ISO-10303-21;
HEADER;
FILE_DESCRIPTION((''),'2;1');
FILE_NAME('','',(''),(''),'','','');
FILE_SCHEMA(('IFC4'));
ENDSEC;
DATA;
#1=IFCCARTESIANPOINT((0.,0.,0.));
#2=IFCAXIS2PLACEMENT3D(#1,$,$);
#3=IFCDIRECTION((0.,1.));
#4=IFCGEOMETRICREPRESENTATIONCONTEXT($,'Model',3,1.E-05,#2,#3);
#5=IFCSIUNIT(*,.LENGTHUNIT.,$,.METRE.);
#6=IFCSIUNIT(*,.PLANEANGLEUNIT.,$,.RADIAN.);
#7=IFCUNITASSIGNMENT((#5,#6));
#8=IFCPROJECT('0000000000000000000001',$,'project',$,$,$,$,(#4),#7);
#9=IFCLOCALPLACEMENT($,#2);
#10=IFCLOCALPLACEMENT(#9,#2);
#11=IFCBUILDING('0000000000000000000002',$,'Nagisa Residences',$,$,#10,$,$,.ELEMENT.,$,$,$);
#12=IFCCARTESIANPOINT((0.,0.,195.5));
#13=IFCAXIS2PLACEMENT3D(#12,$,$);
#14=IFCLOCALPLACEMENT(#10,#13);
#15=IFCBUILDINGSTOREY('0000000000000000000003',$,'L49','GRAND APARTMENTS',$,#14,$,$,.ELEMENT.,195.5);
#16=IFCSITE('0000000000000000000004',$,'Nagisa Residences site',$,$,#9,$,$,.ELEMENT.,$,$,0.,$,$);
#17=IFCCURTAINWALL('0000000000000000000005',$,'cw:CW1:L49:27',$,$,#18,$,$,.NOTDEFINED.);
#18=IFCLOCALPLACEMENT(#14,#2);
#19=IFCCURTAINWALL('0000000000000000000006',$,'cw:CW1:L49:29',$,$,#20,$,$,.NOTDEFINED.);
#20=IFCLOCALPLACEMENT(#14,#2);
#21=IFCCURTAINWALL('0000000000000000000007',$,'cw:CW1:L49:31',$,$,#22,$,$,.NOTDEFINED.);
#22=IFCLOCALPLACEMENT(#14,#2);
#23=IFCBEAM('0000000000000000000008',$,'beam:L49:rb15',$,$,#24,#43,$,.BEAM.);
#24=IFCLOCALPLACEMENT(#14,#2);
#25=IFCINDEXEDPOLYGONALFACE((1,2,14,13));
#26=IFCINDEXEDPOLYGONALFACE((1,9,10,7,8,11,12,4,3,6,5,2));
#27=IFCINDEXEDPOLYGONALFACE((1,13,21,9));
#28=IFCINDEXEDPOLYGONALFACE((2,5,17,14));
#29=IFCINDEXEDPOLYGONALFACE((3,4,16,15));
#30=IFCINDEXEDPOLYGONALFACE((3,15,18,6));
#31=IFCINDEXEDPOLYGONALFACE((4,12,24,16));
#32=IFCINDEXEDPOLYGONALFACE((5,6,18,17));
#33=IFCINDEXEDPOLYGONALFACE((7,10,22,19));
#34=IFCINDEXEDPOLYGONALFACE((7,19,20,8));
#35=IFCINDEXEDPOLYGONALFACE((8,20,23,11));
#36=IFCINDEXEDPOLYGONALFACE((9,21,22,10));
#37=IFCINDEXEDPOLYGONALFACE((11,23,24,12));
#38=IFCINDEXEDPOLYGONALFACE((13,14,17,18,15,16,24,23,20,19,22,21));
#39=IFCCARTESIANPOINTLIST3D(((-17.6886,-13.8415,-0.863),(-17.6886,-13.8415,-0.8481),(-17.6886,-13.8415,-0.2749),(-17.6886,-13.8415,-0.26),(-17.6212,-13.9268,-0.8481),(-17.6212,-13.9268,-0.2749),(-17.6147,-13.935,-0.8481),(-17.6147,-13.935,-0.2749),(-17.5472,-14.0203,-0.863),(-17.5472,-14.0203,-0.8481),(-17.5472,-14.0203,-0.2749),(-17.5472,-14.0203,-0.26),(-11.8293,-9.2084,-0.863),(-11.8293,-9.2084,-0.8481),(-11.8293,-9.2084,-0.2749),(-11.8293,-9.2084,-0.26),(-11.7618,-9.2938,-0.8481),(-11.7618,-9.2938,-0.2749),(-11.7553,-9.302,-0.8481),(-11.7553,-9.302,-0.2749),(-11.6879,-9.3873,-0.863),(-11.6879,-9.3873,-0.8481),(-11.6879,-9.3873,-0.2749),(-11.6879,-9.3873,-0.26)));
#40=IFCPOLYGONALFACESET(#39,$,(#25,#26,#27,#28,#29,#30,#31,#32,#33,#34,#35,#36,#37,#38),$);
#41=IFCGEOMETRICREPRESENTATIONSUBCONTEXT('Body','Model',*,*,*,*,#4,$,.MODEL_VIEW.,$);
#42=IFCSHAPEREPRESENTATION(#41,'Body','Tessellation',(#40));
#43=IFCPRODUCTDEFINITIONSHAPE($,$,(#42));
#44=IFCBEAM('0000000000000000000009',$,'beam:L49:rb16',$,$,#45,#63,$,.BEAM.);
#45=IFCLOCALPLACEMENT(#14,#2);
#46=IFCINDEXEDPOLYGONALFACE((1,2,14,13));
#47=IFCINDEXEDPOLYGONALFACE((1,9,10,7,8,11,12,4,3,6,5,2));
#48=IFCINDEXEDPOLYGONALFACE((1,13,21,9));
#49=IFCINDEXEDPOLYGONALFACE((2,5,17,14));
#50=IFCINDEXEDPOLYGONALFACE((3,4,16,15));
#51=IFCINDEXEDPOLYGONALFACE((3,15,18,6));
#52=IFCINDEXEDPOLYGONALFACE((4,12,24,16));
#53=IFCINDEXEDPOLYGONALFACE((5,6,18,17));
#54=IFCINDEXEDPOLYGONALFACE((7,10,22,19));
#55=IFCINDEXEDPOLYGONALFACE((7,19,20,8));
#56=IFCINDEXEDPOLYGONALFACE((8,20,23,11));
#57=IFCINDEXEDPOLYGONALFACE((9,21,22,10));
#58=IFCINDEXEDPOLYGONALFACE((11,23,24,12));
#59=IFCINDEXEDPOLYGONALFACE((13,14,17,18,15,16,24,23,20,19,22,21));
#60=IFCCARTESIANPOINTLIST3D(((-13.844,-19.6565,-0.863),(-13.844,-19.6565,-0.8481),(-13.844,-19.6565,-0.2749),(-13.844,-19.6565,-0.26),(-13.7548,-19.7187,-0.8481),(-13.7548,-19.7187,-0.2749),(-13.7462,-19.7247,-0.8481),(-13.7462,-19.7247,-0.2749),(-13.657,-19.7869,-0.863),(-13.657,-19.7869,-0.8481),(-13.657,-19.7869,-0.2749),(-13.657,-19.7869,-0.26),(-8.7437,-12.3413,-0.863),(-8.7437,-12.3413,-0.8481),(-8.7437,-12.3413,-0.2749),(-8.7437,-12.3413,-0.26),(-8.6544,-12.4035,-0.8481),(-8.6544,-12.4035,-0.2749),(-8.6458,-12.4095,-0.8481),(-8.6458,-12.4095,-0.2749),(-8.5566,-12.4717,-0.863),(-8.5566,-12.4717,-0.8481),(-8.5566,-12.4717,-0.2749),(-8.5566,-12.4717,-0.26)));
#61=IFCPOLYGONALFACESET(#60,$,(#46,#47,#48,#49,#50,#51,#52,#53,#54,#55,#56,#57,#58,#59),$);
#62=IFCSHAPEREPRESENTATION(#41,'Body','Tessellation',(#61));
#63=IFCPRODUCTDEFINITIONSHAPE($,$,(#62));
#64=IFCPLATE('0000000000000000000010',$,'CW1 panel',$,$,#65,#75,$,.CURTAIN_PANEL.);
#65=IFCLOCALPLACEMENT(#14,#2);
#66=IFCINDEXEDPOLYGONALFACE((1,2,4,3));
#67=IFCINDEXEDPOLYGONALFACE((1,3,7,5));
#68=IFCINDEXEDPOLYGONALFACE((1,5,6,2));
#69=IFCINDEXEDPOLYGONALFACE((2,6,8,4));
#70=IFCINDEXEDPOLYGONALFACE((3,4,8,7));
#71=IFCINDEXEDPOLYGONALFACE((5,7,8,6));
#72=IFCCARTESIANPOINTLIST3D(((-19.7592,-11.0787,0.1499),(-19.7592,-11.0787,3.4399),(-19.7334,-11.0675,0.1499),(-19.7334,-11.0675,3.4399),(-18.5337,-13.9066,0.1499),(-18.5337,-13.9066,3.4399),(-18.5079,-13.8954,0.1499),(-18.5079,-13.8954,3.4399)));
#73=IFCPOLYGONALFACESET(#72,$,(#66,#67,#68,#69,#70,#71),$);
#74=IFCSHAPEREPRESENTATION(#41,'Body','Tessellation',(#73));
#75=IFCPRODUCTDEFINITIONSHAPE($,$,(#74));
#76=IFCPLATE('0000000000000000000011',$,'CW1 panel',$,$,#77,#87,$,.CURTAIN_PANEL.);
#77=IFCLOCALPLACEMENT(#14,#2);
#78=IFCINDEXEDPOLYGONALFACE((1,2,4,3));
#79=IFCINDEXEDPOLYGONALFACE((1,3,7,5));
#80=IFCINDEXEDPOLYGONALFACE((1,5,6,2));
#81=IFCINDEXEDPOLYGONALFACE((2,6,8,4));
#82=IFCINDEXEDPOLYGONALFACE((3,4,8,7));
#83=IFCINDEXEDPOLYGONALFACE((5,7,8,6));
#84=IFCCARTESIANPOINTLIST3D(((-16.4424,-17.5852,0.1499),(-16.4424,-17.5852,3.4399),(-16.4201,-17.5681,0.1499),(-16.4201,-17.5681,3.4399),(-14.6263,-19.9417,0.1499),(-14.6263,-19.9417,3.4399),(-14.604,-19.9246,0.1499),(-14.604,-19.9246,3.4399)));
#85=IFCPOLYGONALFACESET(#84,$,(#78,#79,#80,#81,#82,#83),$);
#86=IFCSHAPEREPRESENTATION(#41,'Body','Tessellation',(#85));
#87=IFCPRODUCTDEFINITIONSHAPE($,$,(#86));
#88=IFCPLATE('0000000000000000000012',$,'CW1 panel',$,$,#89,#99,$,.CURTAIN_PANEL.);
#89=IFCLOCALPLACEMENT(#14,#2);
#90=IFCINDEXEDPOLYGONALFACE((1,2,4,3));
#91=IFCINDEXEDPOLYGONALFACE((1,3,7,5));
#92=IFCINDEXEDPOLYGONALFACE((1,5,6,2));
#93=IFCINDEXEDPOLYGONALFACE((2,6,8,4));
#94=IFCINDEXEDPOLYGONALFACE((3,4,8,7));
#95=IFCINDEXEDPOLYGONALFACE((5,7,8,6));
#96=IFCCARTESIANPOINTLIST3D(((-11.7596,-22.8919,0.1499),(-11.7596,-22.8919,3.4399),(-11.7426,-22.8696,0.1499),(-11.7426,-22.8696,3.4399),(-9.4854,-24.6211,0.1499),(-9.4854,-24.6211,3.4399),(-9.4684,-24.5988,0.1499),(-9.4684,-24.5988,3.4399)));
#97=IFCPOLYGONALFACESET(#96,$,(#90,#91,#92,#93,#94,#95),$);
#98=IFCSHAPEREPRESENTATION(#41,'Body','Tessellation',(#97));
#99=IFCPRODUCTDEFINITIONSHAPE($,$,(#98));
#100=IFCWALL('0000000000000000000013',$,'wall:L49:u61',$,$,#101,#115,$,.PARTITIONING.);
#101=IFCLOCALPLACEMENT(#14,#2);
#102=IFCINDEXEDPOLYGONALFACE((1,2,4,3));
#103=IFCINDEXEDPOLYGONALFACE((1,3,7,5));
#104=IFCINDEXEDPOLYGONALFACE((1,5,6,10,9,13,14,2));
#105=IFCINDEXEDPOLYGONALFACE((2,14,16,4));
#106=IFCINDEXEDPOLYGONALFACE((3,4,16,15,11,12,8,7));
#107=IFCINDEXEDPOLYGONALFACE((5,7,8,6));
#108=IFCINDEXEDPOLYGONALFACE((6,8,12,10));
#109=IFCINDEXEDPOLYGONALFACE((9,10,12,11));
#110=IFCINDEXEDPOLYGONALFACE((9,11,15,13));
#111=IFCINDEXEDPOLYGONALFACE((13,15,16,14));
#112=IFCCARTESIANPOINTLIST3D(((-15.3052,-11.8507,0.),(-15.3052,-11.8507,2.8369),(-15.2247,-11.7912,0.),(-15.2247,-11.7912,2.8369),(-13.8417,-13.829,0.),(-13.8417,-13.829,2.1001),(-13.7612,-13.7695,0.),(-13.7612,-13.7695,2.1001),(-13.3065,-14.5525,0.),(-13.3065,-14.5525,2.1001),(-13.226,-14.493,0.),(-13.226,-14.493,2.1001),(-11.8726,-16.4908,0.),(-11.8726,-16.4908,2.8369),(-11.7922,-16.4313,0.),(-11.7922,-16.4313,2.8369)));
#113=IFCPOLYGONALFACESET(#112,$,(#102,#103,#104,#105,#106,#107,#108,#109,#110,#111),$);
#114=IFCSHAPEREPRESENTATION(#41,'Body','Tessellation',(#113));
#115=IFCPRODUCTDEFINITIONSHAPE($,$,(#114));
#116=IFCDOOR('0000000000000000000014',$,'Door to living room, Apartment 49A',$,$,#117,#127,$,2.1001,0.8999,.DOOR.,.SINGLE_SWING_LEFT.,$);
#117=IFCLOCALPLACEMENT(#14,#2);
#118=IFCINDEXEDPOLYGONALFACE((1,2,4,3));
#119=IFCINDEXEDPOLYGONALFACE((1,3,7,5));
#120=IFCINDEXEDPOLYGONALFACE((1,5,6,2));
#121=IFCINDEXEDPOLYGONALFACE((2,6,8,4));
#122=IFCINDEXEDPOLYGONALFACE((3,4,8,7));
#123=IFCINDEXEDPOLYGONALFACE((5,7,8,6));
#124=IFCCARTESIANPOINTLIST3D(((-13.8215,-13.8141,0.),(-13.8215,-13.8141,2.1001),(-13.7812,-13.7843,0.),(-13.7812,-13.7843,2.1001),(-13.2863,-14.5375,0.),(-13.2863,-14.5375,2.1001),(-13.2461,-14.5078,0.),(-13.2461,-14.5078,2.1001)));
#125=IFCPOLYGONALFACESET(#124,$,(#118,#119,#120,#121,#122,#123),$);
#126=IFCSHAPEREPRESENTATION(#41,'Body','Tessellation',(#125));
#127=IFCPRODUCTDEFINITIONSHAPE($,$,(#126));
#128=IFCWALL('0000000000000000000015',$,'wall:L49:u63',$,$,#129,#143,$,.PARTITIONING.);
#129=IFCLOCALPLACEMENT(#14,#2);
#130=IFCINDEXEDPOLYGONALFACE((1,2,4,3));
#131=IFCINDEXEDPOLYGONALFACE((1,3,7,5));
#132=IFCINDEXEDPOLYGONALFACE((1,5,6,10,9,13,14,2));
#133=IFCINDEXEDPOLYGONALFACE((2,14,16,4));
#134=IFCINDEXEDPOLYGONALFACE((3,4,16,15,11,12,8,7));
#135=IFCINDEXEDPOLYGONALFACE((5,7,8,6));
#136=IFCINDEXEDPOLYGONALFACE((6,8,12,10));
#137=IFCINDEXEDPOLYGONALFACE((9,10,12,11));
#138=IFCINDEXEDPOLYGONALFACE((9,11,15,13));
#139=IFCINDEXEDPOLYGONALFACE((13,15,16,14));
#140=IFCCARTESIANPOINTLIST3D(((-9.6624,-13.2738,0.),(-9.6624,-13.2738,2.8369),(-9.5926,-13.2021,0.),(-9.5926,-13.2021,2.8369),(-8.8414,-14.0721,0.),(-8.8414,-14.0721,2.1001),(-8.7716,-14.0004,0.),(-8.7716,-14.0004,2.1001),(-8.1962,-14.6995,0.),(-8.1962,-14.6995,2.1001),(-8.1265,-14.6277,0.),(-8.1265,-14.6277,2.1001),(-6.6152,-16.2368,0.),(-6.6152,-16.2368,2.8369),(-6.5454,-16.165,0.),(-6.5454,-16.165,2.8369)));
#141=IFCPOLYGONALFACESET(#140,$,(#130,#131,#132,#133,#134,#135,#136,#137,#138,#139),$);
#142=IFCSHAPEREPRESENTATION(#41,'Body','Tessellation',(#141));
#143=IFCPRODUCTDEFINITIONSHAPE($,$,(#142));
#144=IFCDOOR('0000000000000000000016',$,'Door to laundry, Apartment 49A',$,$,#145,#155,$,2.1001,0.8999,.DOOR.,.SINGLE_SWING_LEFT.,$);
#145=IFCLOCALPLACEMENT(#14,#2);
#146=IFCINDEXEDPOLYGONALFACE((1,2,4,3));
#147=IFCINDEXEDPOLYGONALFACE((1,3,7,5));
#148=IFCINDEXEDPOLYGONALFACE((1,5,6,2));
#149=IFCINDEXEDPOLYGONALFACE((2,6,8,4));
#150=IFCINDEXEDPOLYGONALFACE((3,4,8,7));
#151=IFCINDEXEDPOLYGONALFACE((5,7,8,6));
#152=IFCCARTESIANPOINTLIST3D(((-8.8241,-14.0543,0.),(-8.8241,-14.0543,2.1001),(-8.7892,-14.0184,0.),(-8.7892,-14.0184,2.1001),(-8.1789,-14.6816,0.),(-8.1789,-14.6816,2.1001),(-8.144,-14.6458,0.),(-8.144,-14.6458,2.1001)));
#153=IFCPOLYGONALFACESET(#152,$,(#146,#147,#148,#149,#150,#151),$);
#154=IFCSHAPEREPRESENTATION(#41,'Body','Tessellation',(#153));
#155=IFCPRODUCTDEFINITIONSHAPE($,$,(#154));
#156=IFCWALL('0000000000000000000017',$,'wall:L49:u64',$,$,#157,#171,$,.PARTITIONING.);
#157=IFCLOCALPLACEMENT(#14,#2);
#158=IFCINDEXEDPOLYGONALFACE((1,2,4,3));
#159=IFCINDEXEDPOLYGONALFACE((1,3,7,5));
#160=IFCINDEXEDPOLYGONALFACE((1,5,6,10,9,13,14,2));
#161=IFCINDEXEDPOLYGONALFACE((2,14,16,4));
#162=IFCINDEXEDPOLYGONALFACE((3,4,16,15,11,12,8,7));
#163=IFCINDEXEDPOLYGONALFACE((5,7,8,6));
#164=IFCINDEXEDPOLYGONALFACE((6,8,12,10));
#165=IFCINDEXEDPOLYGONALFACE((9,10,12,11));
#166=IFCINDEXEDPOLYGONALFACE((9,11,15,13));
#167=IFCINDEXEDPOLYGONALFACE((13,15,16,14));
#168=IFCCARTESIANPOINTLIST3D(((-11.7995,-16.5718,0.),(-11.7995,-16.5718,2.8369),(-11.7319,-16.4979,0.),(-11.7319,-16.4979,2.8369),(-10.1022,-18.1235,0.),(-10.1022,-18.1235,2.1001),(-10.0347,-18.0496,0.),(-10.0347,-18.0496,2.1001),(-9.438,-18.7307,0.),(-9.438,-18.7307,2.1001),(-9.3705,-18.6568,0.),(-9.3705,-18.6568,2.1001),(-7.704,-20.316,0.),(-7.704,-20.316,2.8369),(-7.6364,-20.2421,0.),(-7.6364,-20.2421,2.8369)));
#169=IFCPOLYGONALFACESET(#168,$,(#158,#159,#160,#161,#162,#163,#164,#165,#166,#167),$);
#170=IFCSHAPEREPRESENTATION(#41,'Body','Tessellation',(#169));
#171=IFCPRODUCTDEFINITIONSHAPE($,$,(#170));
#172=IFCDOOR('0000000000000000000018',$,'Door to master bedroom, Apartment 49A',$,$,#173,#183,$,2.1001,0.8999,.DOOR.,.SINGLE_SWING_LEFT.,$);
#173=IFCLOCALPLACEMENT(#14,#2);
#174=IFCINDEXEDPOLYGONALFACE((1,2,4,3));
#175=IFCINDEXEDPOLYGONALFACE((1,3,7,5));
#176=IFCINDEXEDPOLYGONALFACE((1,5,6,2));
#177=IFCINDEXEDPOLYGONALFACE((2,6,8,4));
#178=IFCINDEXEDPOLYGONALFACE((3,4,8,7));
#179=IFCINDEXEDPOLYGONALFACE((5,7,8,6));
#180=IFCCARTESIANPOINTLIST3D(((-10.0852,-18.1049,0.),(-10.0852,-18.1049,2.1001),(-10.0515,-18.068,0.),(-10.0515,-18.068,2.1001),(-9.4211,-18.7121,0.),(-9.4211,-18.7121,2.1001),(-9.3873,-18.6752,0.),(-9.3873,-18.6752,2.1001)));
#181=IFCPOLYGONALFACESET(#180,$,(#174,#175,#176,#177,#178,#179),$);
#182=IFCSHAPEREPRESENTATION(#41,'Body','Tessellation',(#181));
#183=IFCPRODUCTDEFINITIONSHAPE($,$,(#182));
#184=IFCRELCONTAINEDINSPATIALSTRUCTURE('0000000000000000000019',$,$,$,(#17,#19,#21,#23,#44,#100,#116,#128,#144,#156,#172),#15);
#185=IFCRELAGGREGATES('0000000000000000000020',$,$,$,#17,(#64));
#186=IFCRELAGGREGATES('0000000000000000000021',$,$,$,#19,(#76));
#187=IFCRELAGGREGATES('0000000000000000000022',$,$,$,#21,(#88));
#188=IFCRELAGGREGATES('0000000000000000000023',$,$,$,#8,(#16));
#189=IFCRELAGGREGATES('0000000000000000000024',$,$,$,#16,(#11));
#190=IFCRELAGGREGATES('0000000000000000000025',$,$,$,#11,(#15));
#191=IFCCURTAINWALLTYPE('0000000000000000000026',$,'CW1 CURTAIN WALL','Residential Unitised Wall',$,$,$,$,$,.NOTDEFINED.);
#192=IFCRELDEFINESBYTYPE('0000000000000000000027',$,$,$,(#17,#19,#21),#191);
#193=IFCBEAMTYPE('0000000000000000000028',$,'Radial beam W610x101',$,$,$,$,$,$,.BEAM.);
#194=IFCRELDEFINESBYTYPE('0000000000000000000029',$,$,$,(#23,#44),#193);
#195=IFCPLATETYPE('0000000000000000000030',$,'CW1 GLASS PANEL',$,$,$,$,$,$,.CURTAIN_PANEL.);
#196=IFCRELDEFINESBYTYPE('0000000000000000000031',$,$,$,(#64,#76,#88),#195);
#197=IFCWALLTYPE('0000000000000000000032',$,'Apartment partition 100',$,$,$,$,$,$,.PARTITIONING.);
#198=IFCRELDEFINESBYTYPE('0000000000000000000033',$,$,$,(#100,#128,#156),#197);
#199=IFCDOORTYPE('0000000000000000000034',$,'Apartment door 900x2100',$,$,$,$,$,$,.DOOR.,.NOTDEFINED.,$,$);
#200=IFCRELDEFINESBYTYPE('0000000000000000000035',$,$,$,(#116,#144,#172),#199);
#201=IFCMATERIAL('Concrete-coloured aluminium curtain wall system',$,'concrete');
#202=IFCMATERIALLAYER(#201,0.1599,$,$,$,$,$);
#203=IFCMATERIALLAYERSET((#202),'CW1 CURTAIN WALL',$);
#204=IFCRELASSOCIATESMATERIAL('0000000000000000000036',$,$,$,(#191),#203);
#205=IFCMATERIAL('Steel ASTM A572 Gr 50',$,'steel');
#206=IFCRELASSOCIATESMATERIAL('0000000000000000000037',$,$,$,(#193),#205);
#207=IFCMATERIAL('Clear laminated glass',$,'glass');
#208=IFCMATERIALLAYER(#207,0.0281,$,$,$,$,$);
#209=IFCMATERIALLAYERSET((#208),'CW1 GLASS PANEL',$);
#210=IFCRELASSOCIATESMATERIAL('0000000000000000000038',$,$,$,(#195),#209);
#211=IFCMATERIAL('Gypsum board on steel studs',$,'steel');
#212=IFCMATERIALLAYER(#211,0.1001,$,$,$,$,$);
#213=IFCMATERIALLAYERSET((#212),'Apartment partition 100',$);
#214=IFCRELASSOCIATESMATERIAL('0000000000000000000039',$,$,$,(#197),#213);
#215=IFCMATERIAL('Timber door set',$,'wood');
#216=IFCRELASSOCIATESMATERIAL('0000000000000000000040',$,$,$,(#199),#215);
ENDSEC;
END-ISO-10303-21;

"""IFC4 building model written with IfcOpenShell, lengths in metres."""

from ifc_helpers import new_model, si_unit, direction, frame, frame_2d, origin, origin_2d, place, context, subcontext, project, spatial, rectangle, i_section, extrude, material, layer, layer_set, material_profile, profile_set, type_object, element, fill, aggregate, save


model = new_model("IFC4")

# Units and contexts
model_context = context("Model", 3, precision=1e-05, world=origin(), true_north=direction((0.0, 1.0)))
body_context = subcontext(model_context, "Body", "Model", "MODEL_VIEW")
ifc_project = project(units=[si_unit("LENGTHUNIT", "METRE"), si_unit("PLANEANGLEUNIT", "RADIAN")], contexts=[model_context])

# Site, building, storey
site_placement = place(None, origin())
site = spatial("IfcSite", under=ifc_project, at=site_placement, Name="Nagisa Residences site", CompositionType="ELEMENT", RefElevation=0.0)
building_placement = place(site_placement, origin())
building = spatial("IfcBuilding", under=site, at=building_placement, Name="Nagisa Residences", CompositionType="ELEMENT")
storey_placement = place(building_placement, frame((0.0, 0.0, 195.5)))
storey = spatial("IfcBuildingStorey", under=building, at=storey_placement, Name="L49", Description="GRAND APARTMENTS", CompositionType="ELEMENT", Elevation=195.5)

# Curtain walls
ifc_material_1 = material(Name="Concrete-coloured aluminium curtain wall system", Category="concrete")
ifc_layer_1 = layer(ifc_material_1, 0.1599)
ifc_layer_set_1 = layer_set([ifc_layer_1], Name="CW1 CURTAIN WALL")
curtain_wall_type = type_object("IfcCurtainWallType", Name="CW1 CURTAIN WALL", Description="Residential Unitised Wall", PredefinedType="NOTDEFINED", material=ifc_layer_set_1)
curtain_wall_1_placement = place(storey_placement, origin())
curtain_wall_1 = element("IfcCurtainWall", 1, at=curtain_wall_1_placement, inside=storey, type_object=curtain_wall_type, Name="cw:CW1:L49:27", PredefinedType="NOTDEFINED")
curtain_wall_2_placement = place(storey_placement, origin())
curtain_wall_2 = element("IfcCurtainWall", 2, at=curtain_wall_2_placement, inside=storey, type_object=curtain_wall_type, Name="cw:CW1:L49:29", PredefinedType="NOTDEFINED")
curtain_wall_3_placement = place(storey_placement, origin())
curtain_wall_3 = element("IfcCurtainWall", 3, at=curtain_wall_3_placement, inside=storey, type_object=curtain_wall_type, Name="cw:CW1:L49:31", PredefinedType="NOTDEFINED")

# Beams
ifc_material_2 = material(Name="Steel ASTM A572 Gr 50", Category="steel")
ifc_material_profile_1 = material_profile(ifc_material_2, i_section(OverallWidth=0.228, OverallDepth=0.603, WebThickness=0.0105, FlangeThickness=0.0149, at=origin_2d()), Name="W610x101")
ifc_profile_set_1 = profile_set([ifc_material_profile_1], Name="Steel ASTM A572 Gr 50")
beam_type_1 = type_object("IfcBeamType", Name="Radial beam W610x101", PredefinedType="BEAM", material=ifc_profile_set_1)
beam_1_placement = place(storey_placement, frame((-17.6179, -13.9309, -0.5615), z_axis=(0.784412, 0.620241, 0.0), x_axis=(-0.620241, 0.784412, 0.0)))
element("IfcBeam", 4, at=beam_1_placement, inside=storey, type_object=beam_type_1, Name="beam:L49:rb15", PredefinedType="BEAM", context=body_context, shape_type="SweptSolid", body=[
    extrude(i_section(OverallWidth=0.228, OverallDepth=0.603, WebThickness=0.0105, FlangeThickness=0.0149, at=origin_2d()), origin(), (0.0, 0.0, 1.0), 7.4697),
])
beam_2_placement = place(storey_placement, frame((-13.7505, -19.7217, -0.5615), z_axis=(0.571934, 0.820299, 0.0), x_axis=(-0.820299, 0.571934, 0.0)))
element("IfcBeam", 5, at=beam_2_placement, inside=storey, type_object=beam_type_1, Name="beam:L49:rb16", PredefinedType="BEAM", context=body_context, shape_type="SweptSolid", body=[
    extrude(i_section(OverallWidth=0.228, OverallDepth=0.603, WebThickness=0.0105, FlangeThickness=0.0149, at=origin_2d()), origin(), (0.0, 0.0, 1.0), 8.9177),
])

# Plates
ifc_material_3 = material(Name="Clear laminated glass", Category="glass")
ifc_layer_2 = layer(ifc_material_3, 0.0281)
ifc_layer_set_2 = layer_set([ifc_layer_2], Name="CW1 GLASS PANEL")
plate_type = type_object("IfcPlateType", Name="CW1 GLASS PANEL", PredefinedType="CURTAIN_PANEL", material=ifc_layer_set_2)
plate_1_placement = place(storey_placement, frame((-19.1335, -12.4871, 0.1499), z_axis=(0.0, 0.0, 1.0), x_axis=(0.397636, -0.917543, 0.0)))
plate_1 = element("IfcPlate", 6, at=plate_1_placement, type_object=plate_type, Name="CW1 panel", PredefinedType="CURTAIN_PANEL", context=body_context, shape_type="SweptSolid", body=[
    extrude(rectangle(XDim=3.082, YDim=0.0281, at=origin_2d()), origin(), (0.0, 0.0, 1.0), 3.29),
])
aggregate(curtain_wall_1, [plate_1])
plate_2_placement = place(storey_placement, frame((-15.5232, -18.7549, 0.1499), z_axis=(0.0, 0.0, 1.0), x_axis=(0.61043, -0.79207, 0.0)))
plate_2 = element("IfcPlate", 7, at=plate_2_placement, type_object=plate_type, Name="CW1 panel", PredefinedType="CURTAIN_PANEL", context=body_context, shape_type="SweptSolid", body=[
    extrude(rectangle(XDim=2.9751, YDim=0.0281, at=origin_2d()), origin(), (0.0, 0.0, 1.0), 3.29),
])
aggregate(curtain_wall_2, [plate_2])
plate_3_placement = place(storey_placement, frame((-10.614, -23.7454, 0.1499), z_axis=(0.0, 0.0, 1.0), x_axis=(0.796031, -0.605255, 0.0)))
plate_3 = element("IfcPlate", 8, at=plate_3_placement, type_object=plate_type, Name="CW1 panel", PredefinedType="CURTAIN_PANEL", context=body_context, shape_type="SweptSolid", body=[
    extrude(rectangle(XDim=2.8569, YDim=0.0281, at=origin_2d()), origin(), (0.0, 0.0, 1.0), 3.29),
])
aggregate(curtain_wall_3, [plate_3])

# Walls, openings, doors
ifc_material_4 = material(Name="Gypsum board on steel studs", Category="steel")
ifc_layer_3 = layer(ifc_material_4, 0.1001)
ifc_layer_set_3 = layer_set([ifc_layer_3], Name="Apartment partition 100")
wall_type_1 = type_object("IfcWallType", Name="Apartment partition 100", PredefinedType="PARTITIONING", material=ifc_layer_set_3)
wall_1_placement = place(storey_placement, frame((-15.2649, -11.821, 0.0), z_axis=(0.0, 0.0, 1.0), x_axis=(0.594722, -0.803932, 0.0)))
wall_1 = element("IfcWall", 9, at=wall_1_placement, inside=storey, type_object=wall_type_1, Name="wall:L49:u61", PredefinedType="PARTITIONING", context=body_context, shape_type="SweptSolid", body=[
    extrude(rectangle(XDim=5.7717, YDim=0.1001, at=frame_2d((2.8857, 0.0))), origin(), (0.0, 0.0, 1.0), 2.8369),
])
opening_1_placement = place(wall_1_placement, frame((2.4607, 0.0, 0.0)))
opening_1 = element("IfcOpeningElement", 10, at=opening_1_placement, cuts=wall_1, PredefinedType="OPENING", context=body_context, shape_type="SweptSolid", body=[
    extrude(rectangle(XDim=0.8999, YDim=2.1001, at=frame_2d((0.45, 1.05))), frame((0.0, 0.0601, 0.0), z_axis=(0.0, -1.0, 0.0), x_axis=(1.0, 0.0, 0.0)), (0.0, 0.0, 1.0), 0.1201),
])
ifc_material_5 = material(Name="Timber door set", Category="wood")
door_type_1 = type_object("IfcDoorType", Name="Apartment door 900x2100", OperationType="NOTDEFINED", PredefinedType="DOOR", material=ifc_material_5)
door_1_placement = place(opening_1_placement, frame((0.8999, 0.0, 0.0), x_axis=(-1.0, 0.0, 0.0)))
door_1 = element("IfcDoor", 11, at=door_1_placement, inside=storey, type_object=door_type_1, Name="Door to living room, Apartment 49A", OperationType="SINGLE_SWING_LEFT", OverallHeight=2.1001, OverallWidth=0.8999, PredefinedType="DOOR", context=body_context, shape_type="SweptSolid", body=[
    extrude(rectangle(XDim=0.8999, YDim=2.1001, at=frame_2d((0.45, 1.05))), frame((0.0, 0.0249, 0.0), z_axis=(0.0, -1.0, 0.0), x_axis=(1.0, 0.0, 0.0)), (0.0, 0.0, 1.0), 0.05),
])
fill(opening_1, door_1)
wall_2_placement = place(storey_placement, frame((-9.6274, -13.238, 0.0), z_axis=(0.0, 0.0, 1.0), x_axis=(0.716946, -0.697128, 0.0)))
wall_2 = element("IfcWall", 12, at=wall_2_placement, inside=storey, type_object=wall_type_1, Name="wall:L49:u63", PredefinedType="PARTITIONING", context=body_context, shape_type="SweptSolid", body=[
    extrude(rectangle(XDim=4.2502, YDim=0.1001, at=frame_2d((2.125, 0.0))), origin(), (0.0, 0.0, 1.0), 2.8369),
])
opening_2_placement = place(wall_2_placement, frame((1.145, 0.0, 0.0)))
opening_2 = element("IfcOpeningElement", 13, at=opening_2_placement, cuts=wall_2, PredefinedType="OPENING", context=body_context, shape_type="SweptSolid", body=[
    extrude(rectangle(XDim=0.8999, YDim=2.1001, at=frame_2d((0.45, 1.05))), frame((0.0, 0.0601, 0.0), z_axis=(0.0, -1.0, 0.0), x_axis=(1.0, 0.0, 0.0)), (0.0, 0.0, 1.0), 0.1201),
])
door_2_placement = place(opening_2_placement, origin())
door_2 = element("IfcDoor", 14, at=door_2_placement, inside=storey, type_object=door_type_1, Name="Door to laundry, Apartment 49A", OperationType="SINGLE_SWING_LEFT", OverallHeight=2.1001, OverallWidth=0.8999, PredefinedType="DOOR", context=body_context, shape_type="SweptSolid", body=[
    extrude(rectangle(XDim=0.8999, YDim=2.1001, at=frame_2d((0.45, 1.05))), frame((0.0, 0.0249, 0.0), z_axis=(0.0, -1.0, 0.0), x_axis=(1.0, 0.0, 0.0)), (0.0, 0.0, 1.0), 0.05),
])
fill(opening_2, door_2)
wall_3_placement = place(storey_placement, frame((-11.7656, -16.5349, 0.0), z_axis=(0.0, 0.0, 1.0), x_axis=(0.738054, -0.674742, 0.0)))
wall_3 = element("IfcWall", 15, at=wall_3_placement, inside=storey, type_object=wall_type_1, Name="wall:L49:u64", PredefinedType="PARTITIONING", context=body_context, shape_type="SweptSolid", body=[
    extrude(rectangle(XDim=5.5491, YDim=0.1001, at=frame_2d((2.7744, 0.0))), origin(), (0.0, 0.0, 1.0), 2.8369),
])
opening_3_placement = place(wall_3_placement, frame((2.2996, 0.0, 0.0)))
opening_3 = element("IfcOpeningElement", 16, at=opening_3_placement, cuts=wall_3, PredefinedType="OPENING", context=body_context, shape_type="SweptSolid", body=[
    extrude(rectangle(XDim=0.8999, YDim=2.1001, at=frame_2d((0.45, 1.05))), frame((0.0, 0.0601, 0.0), z_axis=(0.0, -1.0, 0.0), x_axis=(1.0, 0.0, 0.0)), (0.0, 0.0, 1.0), 0.1201),
])
door_3_placement = place(opening_3_placement, frame((0.8999, 0.0, 0.0), x_axis=(-1.0, 0.0, 0.0)))
door_3 = element("IfcDoor", 17, at=door_3_placement, inside=storey, type_object=door_type_1, Name="Door to master bedroom, Apartment 49A", OperationType="SINGLE_SWING_LEFT", OverallHeight=2.1001, OverallWidth=0.8999, PredefinedType="DOOR", context=body_context, shape_type="SweptSolid", body=[
    extrude(rectangle(XDim=0.8999, YDim=2.1001, at=frame_2d((0.45, 1.05))), frame((0.0, 0.0249, 0.0), z_axis=(0.0, -1.0, 0.0), x_axis=(1.0, 0.0, 0.0)), (0.0, 0.0, 1.0), 0.05),
])
fill(opening_3, door_3)

save(model, "model.ifc")
